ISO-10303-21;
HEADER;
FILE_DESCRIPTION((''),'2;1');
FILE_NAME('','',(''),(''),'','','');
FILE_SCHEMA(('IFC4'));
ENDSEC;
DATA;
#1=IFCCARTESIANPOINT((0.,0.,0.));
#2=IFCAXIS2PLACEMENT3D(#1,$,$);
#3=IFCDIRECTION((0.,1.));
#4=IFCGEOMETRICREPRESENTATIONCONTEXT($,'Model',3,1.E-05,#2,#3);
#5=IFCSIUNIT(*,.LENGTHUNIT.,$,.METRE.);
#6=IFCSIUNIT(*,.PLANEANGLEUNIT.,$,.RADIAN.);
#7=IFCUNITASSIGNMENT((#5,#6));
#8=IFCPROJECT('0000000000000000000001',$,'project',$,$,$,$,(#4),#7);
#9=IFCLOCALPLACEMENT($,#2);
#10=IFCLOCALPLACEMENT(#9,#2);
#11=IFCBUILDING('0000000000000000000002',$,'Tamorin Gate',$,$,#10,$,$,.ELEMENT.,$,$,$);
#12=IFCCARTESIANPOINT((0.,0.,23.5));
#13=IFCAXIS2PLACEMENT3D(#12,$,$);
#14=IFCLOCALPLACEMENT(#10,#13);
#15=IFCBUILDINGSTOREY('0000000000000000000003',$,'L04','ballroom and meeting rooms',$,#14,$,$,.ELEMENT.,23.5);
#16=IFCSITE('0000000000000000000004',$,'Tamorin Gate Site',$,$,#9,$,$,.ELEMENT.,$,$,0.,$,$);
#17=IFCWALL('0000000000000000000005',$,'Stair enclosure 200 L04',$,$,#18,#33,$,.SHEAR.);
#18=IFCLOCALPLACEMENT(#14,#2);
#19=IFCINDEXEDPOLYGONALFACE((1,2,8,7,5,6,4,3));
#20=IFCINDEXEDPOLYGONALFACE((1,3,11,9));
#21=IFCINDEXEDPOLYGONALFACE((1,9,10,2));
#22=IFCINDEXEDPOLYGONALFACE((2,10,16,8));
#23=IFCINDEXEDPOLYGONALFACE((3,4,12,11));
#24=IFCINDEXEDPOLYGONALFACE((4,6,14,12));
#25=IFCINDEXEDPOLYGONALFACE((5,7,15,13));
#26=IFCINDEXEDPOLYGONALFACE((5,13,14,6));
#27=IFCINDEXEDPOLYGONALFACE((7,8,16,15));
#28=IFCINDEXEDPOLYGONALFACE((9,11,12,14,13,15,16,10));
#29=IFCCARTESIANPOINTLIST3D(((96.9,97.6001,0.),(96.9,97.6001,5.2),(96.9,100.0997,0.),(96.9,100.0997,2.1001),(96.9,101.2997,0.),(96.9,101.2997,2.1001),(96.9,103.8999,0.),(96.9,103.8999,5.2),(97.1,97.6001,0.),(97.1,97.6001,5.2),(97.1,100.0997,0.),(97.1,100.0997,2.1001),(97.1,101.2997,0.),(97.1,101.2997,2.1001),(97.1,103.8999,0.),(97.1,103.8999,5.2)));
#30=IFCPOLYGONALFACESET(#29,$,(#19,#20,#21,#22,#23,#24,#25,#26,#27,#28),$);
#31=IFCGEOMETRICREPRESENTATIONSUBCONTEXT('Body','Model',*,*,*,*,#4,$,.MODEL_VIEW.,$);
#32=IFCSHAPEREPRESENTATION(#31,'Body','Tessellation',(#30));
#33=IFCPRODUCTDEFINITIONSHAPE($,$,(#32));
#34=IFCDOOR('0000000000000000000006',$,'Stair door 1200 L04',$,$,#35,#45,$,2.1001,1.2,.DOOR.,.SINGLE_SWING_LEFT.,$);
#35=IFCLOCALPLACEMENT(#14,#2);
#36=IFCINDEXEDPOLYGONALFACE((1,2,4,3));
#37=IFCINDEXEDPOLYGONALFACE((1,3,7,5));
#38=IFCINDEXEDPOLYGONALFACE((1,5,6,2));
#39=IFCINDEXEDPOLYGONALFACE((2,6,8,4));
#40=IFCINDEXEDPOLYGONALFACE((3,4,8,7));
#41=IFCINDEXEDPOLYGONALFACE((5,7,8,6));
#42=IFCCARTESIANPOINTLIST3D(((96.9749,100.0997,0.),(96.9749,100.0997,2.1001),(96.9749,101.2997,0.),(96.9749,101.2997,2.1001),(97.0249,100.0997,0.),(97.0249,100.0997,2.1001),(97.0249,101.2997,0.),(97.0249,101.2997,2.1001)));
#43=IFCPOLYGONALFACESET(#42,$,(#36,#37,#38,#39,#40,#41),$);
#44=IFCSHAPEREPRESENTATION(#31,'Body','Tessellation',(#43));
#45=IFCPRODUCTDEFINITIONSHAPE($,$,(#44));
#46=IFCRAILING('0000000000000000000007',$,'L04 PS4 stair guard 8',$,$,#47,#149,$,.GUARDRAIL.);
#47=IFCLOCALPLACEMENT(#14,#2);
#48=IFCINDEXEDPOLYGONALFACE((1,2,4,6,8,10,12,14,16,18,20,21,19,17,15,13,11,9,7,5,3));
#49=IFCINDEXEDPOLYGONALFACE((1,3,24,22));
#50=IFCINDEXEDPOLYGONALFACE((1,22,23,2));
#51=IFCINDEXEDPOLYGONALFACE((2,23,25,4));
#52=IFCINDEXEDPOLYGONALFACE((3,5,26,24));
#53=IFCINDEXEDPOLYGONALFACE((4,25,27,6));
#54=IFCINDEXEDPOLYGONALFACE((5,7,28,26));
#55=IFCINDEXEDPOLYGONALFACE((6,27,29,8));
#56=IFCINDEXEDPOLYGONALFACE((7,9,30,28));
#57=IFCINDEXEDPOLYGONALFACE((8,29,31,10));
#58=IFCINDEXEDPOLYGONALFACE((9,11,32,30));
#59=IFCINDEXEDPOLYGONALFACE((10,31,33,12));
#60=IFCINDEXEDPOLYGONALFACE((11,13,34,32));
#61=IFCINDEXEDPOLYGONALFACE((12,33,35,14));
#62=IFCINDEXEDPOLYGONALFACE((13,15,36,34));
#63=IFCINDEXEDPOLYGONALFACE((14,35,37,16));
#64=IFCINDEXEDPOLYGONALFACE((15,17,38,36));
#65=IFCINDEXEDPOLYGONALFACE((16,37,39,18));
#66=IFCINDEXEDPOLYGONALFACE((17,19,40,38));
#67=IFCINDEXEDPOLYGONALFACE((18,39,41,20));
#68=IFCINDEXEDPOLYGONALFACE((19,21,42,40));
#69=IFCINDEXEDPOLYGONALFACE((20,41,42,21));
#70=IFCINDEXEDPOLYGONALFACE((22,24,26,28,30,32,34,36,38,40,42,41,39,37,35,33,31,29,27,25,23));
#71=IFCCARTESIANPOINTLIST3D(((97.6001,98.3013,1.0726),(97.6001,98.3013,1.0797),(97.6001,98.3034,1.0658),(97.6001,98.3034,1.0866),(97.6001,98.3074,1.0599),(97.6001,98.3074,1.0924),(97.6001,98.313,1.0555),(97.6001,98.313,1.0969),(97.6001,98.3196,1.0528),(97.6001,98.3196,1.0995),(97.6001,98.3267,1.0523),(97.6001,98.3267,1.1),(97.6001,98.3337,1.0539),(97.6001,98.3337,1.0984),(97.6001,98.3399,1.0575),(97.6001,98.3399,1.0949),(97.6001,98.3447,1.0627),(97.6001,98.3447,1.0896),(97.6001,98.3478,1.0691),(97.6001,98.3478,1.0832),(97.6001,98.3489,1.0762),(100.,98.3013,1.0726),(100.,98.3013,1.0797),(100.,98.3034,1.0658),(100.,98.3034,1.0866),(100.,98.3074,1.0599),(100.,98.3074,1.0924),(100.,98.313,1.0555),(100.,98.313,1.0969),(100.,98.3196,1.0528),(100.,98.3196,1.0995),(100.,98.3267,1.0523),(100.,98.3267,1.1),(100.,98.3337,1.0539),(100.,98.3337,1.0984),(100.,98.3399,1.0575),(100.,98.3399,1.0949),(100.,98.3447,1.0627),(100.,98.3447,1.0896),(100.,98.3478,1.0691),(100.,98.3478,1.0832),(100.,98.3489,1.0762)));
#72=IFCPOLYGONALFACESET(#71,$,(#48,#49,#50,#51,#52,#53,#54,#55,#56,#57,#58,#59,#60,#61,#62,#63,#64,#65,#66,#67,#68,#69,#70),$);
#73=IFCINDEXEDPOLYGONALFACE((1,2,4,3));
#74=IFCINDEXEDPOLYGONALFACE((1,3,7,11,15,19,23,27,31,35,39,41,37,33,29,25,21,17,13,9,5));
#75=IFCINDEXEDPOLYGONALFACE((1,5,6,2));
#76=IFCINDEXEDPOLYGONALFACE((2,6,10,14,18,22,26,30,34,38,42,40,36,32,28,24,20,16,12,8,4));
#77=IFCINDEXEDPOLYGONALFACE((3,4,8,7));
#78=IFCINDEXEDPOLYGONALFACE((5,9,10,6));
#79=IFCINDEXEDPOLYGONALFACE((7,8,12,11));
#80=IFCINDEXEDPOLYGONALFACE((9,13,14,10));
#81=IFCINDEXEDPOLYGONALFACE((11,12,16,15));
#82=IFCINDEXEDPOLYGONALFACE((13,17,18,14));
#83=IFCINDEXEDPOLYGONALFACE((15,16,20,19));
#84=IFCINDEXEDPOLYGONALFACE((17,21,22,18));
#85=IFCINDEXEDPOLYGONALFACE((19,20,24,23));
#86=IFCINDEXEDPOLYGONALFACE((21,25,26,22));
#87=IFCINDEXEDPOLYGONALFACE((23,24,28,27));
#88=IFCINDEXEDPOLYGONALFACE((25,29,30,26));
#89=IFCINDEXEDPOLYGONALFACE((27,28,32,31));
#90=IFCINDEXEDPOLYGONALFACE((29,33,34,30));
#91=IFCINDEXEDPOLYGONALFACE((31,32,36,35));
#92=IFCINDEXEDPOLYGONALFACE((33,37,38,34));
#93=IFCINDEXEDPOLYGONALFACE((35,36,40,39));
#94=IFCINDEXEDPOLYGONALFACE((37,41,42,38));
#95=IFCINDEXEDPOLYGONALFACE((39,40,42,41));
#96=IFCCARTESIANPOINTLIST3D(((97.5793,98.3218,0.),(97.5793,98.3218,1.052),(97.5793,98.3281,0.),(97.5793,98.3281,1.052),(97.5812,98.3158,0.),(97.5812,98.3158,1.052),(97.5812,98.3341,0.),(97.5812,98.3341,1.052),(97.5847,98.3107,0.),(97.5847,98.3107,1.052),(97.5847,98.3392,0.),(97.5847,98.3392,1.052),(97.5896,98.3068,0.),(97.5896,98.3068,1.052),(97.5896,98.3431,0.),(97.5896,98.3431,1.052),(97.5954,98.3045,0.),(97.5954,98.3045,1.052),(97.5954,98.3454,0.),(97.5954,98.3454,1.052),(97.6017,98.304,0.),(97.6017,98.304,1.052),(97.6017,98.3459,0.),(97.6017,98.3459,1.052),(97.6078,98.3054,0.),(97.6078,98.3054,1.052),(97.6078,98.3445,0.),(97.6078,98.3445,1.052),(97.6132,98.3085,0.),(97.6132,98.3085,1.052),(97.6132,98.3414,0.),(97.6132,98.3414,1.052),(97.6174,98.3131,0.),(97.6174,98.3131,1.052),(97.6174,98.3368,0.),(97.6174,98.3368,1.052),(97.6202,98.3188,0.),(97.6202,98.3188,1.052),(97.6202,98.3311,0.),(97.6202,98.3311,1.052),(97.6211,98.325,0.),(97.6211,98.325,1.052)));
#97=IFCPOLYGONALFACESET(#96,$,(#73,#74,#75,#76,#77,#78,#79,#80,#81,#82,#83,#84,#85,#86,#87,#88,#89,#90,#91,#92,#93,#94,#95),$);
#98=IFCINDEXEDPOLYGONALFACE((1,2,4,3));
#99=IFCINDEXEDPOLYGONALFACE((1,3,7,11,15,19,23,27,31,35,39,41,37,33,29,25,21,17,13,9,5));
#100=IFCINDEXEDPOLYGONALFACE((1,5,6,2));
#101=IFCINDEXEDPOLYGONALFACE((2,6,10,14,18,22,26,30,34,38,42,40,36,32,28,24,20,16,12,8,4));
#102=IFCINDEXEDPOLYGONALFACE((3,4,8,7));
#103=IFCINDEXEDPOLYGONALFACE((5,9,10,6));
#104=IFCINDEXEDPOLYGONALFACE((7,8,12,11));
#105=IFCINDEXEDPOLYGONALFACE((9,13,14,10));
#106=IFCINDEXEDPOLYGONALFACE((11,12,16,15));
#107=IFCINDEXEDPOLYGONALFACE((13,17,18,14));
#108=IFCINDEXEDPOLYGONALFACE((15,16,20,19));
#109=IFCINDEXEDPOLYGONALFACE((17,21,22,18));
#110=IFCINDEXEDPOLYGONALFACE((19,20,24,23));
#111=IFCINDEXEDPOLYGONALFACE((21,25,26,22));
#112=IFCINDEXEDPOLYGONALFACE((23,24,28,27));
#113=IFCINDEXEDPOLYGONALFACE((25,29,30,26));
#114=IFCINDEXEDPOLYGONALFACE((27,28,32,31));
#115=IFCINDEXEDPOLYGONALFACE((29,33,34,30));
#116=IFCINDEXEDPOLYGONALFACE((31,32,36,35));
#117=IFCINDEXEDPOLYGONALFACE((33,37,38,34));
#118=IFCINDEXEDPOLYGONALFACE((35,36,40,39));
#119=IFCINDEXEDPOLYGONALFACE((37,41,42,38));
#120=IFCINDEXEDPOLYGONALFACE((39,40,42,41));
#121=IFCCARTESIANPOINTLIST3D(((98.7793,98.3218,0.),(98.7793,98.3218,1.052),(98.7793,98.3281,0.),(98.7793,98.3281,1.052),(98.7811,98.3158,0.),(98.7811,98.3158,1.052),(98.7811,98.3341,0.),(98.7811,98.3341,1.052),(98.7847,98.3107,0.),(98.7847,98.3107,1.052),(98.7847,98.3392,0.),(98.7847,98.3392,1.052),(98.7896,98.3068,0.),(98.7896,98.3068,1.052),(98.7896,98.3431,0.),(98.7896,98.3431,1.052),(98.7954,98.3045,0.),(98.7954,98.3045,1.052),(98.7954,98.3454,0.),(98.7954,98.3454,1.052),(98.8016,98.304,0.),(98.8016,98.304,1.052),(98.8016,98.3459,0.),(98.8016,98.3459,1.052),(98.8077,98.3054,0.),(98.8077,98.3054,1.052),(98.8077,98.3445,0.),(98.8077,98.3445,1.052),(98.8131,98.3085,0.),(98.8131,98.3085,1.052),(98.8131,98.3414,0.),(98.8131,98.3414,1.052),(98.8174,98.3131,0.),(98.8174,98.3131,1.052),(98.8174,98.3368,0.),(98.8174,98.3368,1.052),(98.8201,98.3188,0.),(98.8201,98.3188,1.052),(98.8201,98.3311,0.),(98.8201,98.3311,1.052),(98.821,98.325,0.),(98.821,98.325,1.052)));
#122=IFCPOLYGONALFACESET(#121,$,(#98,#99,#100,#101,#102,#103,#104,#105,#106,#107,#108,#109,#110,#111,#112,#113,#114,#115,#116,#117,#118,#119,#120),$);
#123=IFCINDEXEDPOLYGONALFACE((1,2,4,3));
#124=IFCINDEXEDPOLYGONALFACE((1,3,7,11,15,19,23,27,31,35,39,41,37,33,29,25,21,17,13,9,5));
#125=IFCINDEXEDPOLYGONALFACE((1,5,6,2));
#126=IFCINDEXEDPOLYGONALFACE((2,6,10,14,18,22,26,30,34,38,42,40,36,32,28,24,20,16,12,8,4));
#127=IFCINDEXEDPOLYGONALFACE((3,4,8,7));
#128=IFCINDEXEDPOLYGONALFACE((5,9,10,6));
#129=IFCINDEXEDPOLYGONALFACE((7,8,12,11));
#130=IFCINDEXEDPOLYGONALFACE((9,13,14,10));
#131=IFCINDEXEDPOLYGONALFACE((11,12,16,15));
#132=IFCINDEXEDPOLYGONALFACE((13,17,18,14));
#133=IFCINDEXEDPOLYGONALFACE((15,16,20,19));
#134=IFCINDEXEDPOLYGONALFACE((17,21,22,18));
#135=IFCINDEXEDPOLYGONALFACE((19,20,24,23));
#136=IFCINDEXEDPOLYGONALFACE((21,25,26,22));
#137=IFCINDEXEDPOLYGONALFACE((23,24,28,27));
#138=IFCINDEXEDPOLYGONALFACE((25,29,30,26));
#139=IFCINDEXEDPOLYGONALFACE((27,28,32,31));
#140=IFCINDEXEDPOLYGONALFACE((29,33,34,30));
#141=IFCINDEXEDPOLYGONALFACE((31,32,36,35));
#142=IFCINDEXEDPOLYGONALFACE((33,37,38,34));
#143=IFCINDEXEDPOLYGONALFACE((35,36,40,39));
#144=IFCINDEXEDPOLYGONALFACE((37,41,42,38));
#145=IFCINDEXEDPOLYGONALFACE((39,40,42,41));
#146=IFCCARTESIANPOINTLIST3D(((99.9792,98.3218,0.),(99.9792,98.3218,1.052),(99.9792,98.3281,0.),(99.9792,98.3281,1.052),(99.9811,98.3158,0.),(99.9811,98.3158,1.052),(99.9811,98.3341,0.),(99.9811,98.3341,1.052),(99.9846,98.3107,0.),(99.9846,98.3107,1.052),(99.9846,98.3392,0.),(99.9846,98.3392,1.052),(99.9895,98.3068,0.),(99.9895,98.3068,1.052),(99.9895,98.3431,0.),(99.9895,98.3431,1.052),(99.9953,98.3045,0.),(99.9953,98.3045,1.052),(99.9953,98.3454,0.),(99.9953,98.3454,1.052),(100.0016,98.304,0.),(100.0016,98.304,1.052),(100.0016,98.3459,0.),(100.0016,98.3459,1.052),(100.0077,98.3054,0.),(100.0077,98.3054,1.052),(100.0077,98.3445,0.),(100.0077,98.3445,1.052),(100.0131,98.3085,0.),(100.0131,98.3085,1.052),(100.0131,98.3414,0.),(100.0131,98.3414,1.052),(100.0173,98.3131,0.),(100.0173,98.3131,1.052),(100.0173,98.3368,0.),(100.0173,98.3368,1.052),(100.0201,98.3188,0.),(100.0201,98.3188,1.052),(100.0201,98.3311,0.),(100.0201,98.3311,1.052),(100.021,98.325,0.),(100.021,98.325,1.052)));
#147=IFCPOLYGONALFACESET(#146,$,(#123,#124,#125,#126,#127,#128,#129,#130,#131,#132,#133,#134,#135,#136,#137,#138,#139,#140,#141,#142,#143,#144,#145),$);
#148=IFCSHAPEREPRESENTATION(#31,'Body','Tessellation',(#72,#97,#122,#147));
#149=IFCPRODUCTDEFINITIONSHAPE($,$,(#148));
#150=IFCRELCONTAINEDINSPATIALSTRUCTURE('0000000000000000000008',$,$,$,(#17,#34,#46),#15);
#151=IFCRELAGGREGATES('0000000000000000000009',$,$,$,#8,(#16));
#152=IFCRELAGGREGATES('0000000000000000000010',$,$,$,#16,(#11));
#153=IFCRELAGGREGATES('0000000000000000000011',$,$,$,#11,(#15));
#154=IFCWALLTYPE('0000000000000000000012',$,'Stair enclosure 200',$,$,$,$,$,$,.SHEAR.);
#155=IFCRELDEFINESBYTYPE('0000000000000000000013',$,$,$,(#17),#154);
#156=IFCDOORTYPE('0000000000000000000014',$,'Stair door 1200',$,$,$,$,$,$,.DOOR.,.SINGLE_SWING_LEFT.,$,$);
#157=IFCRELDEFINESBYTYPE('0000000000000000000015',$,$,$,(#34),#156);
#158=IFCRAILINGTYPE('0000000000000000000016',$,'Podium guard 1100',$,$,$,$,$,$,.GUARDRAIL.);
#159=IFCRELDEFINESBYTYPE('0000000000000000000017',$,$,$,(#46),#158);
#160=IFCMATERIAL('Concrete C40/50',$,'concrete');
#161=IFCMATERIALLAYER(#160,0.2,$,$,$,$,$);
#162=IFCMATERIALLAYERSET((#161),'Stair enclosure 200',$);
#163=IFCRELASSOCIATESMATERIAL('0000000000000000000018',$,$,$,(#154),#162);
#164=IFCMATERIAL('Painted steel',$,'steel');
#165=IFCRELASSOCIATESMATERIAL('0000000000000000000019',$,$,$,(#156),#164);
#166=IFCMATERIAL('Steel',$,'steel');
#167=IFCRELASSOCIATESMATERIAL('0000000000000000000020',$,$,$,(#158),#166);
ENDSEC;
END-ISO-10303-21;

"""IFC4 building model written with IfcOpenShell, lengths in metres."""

from ifc_helpers import new_model, si_unit, direction, frame, frame_2d, origin, origin_2d, place, context, subcontext, project, spatial, rectangle, circle, extrude, material, layer, layer_set, type_object, element, fill, save


model = new_model("IFC4")

# Units and contexts
model_context = context("Model", 3, precision=1e-05, world=origin(), true_north=direction((0.0, 1.0)))
body_context = subcontext(model_context, "Body", "Model", "MODEL_VIEW")
ifc_project = project(units=[si_unit("LENGTHUNIT", "METRE"), si_unit("PLANEANGLEUNIT", "RADIAN")], contexts=[model_context])

# Site, building, storey
site_placement = place(None, origin())
site = spatial("IfcSite", under=ifc_project, at=site_placement, Name="Tamorin Gate Site", CompositionType="ELEMENT", RefElevation=0.0)
building_placement = place(site_placement, origin())
building = spatial("IfcBuilding", under=site, at=building_placement, Name="Tamorin Gate", CompositionType="ELEMENT")
storey_placement = place(building_placement, frame((0.0, 0.0, 23.5)))
storey = spatial("IfcBuildingStorey", under=building, at=storey_placement, Name="L04", Description="ballroom and meeting rooms", CompositionType="ELEMENT", Elevation=23.5)

# Wall, opening, door
ifc_material_1 = material(Name="Concrete C40/50", Category="concrete")
ifc_layer_1 = layer(ifc_material_1, 0.2)
ifc_layer_set_1 = layer_set([ifc_layer_1], Name="Stair enclosure 200")
wall_type_1 = type_object("IfcWallType", Name="Stair enclosure 200", PredefinedType="SHEAR", material=ifc_layer_set_1)
wall_1_placement = place(storey_placement, frame((97.0, 103.8999, 0.0), z_axis=(0.0, 0.0, 1.0), x_axis=(0.0, -1.0, 0.0)))
wall_1 = element("IfcWall", 1, at=wall_1_placement, inside=storey, type_object=wall_type_1, Name="Stair enclosure 200 L04", PredefinedType="SHEAR", context=body_context, shape_type="SweptSolid", body=[
    extrude(rectangle(XDim=6.2998, YDim=0.2, at=frame_2d((3.1499, 0.0))), origin(), (0.0, 0.0, 1.0), 5.2),
])
opening_1_placement = place(wall_1_placement, frame((2.6001, 0.0, 0.0)))
opening_1 = element("IfcOpeningElement", 2, at=opening_1_placement, cuts=wall_1, PredefinedType="OPENING", context=body_context, shape_type="SweptSolid", body=[
    extrude(rectangle(XDim=1.2, YDim=2.1001, at=frame_2d((0.6001, 1.05))), frame((0.0, 0.1099, 0.0), z_axis=(0.0, -1.0, 0.0), x_axis=(1.0, 0.0, 0.0)), (0.0, 0.0, 1.0), 0.22),
])
ifc_material_2 = material(Name="Painted steel", Category="steel")
door_type = type_object("IfcDoorType", Name="Stair door 1200", OperationType="SINGLE_SWING_LEFT", PredefinedType="DOOR", material=ifc_material_2)
door_placement = place(opening_1_placement, origin())
door = element("IfcDoor", 3, at=door_placement, inside=storey, type_object=door_type, Name="Stair door 1200 L04", OperationType="SINGLE_SWING_LEFT", OverallHeight=2.1001, OverallWidth=1.2, PredefinedType="DOOR", context=body_context, shape_type="SweptSolid", body=[
    extrude(rectangle(XDim=1.2, YDim=2.1001, at=frame_2d((0.6001, 1.05))), frame((0.0, 0.0249, 0.0), z_axis=(0.0, -1.0, 0.0), x_axis=(1.0, 0.0, 0.0)), (0.0, 0.0, 1.0), 0.05),
])
fill(opening_1, door)

# Railing
ifc_material_3 = material(Name="Steel", Category="steel")
railing_type = type_object("IfcRailingType", Name="Podium guard 1100", PredefinedType="GUARDRAIL", material=ifc_material_3)
railing_placement = place(storey_placement, frame((97.6001, 98.325, 0.0)))
element("IfcRailing", 4, at=railing_placement, inside=storey, type_object=railing_type, Name="L04 PS4 stair guard 8", PredefinedType="GUARDRAIL", context=body_context, shape_type="SweptSolid", body=[
    extrude(circle(Radius=0.0239, at=origin_2d()), frame((0.0, 0.0, 1.0762), z_axis=(1.0, 0.0, 0.0), x_axis=(0.0, 1.0, 0.0)), (0.0, 0.0, 1.0), 2.3999),
    extrude(circle(Radius=0.021, at=origin_2d()), origin(), (0.0, 0.0, 1.0), 1.052),
    extrude(circle(Radius=0.021, at=origin_2d()), frame((1.2, 0.0, 0.0)), (0.0, 0.0, 1.0), 1.052),
    extrude(circle(Radius=0.021, at=origin_2d()), frame((2.3999, 0.0, 0.0)), (0.0, 0.0, 1.0), 1.052),
])

save(model, "model.ifc")
